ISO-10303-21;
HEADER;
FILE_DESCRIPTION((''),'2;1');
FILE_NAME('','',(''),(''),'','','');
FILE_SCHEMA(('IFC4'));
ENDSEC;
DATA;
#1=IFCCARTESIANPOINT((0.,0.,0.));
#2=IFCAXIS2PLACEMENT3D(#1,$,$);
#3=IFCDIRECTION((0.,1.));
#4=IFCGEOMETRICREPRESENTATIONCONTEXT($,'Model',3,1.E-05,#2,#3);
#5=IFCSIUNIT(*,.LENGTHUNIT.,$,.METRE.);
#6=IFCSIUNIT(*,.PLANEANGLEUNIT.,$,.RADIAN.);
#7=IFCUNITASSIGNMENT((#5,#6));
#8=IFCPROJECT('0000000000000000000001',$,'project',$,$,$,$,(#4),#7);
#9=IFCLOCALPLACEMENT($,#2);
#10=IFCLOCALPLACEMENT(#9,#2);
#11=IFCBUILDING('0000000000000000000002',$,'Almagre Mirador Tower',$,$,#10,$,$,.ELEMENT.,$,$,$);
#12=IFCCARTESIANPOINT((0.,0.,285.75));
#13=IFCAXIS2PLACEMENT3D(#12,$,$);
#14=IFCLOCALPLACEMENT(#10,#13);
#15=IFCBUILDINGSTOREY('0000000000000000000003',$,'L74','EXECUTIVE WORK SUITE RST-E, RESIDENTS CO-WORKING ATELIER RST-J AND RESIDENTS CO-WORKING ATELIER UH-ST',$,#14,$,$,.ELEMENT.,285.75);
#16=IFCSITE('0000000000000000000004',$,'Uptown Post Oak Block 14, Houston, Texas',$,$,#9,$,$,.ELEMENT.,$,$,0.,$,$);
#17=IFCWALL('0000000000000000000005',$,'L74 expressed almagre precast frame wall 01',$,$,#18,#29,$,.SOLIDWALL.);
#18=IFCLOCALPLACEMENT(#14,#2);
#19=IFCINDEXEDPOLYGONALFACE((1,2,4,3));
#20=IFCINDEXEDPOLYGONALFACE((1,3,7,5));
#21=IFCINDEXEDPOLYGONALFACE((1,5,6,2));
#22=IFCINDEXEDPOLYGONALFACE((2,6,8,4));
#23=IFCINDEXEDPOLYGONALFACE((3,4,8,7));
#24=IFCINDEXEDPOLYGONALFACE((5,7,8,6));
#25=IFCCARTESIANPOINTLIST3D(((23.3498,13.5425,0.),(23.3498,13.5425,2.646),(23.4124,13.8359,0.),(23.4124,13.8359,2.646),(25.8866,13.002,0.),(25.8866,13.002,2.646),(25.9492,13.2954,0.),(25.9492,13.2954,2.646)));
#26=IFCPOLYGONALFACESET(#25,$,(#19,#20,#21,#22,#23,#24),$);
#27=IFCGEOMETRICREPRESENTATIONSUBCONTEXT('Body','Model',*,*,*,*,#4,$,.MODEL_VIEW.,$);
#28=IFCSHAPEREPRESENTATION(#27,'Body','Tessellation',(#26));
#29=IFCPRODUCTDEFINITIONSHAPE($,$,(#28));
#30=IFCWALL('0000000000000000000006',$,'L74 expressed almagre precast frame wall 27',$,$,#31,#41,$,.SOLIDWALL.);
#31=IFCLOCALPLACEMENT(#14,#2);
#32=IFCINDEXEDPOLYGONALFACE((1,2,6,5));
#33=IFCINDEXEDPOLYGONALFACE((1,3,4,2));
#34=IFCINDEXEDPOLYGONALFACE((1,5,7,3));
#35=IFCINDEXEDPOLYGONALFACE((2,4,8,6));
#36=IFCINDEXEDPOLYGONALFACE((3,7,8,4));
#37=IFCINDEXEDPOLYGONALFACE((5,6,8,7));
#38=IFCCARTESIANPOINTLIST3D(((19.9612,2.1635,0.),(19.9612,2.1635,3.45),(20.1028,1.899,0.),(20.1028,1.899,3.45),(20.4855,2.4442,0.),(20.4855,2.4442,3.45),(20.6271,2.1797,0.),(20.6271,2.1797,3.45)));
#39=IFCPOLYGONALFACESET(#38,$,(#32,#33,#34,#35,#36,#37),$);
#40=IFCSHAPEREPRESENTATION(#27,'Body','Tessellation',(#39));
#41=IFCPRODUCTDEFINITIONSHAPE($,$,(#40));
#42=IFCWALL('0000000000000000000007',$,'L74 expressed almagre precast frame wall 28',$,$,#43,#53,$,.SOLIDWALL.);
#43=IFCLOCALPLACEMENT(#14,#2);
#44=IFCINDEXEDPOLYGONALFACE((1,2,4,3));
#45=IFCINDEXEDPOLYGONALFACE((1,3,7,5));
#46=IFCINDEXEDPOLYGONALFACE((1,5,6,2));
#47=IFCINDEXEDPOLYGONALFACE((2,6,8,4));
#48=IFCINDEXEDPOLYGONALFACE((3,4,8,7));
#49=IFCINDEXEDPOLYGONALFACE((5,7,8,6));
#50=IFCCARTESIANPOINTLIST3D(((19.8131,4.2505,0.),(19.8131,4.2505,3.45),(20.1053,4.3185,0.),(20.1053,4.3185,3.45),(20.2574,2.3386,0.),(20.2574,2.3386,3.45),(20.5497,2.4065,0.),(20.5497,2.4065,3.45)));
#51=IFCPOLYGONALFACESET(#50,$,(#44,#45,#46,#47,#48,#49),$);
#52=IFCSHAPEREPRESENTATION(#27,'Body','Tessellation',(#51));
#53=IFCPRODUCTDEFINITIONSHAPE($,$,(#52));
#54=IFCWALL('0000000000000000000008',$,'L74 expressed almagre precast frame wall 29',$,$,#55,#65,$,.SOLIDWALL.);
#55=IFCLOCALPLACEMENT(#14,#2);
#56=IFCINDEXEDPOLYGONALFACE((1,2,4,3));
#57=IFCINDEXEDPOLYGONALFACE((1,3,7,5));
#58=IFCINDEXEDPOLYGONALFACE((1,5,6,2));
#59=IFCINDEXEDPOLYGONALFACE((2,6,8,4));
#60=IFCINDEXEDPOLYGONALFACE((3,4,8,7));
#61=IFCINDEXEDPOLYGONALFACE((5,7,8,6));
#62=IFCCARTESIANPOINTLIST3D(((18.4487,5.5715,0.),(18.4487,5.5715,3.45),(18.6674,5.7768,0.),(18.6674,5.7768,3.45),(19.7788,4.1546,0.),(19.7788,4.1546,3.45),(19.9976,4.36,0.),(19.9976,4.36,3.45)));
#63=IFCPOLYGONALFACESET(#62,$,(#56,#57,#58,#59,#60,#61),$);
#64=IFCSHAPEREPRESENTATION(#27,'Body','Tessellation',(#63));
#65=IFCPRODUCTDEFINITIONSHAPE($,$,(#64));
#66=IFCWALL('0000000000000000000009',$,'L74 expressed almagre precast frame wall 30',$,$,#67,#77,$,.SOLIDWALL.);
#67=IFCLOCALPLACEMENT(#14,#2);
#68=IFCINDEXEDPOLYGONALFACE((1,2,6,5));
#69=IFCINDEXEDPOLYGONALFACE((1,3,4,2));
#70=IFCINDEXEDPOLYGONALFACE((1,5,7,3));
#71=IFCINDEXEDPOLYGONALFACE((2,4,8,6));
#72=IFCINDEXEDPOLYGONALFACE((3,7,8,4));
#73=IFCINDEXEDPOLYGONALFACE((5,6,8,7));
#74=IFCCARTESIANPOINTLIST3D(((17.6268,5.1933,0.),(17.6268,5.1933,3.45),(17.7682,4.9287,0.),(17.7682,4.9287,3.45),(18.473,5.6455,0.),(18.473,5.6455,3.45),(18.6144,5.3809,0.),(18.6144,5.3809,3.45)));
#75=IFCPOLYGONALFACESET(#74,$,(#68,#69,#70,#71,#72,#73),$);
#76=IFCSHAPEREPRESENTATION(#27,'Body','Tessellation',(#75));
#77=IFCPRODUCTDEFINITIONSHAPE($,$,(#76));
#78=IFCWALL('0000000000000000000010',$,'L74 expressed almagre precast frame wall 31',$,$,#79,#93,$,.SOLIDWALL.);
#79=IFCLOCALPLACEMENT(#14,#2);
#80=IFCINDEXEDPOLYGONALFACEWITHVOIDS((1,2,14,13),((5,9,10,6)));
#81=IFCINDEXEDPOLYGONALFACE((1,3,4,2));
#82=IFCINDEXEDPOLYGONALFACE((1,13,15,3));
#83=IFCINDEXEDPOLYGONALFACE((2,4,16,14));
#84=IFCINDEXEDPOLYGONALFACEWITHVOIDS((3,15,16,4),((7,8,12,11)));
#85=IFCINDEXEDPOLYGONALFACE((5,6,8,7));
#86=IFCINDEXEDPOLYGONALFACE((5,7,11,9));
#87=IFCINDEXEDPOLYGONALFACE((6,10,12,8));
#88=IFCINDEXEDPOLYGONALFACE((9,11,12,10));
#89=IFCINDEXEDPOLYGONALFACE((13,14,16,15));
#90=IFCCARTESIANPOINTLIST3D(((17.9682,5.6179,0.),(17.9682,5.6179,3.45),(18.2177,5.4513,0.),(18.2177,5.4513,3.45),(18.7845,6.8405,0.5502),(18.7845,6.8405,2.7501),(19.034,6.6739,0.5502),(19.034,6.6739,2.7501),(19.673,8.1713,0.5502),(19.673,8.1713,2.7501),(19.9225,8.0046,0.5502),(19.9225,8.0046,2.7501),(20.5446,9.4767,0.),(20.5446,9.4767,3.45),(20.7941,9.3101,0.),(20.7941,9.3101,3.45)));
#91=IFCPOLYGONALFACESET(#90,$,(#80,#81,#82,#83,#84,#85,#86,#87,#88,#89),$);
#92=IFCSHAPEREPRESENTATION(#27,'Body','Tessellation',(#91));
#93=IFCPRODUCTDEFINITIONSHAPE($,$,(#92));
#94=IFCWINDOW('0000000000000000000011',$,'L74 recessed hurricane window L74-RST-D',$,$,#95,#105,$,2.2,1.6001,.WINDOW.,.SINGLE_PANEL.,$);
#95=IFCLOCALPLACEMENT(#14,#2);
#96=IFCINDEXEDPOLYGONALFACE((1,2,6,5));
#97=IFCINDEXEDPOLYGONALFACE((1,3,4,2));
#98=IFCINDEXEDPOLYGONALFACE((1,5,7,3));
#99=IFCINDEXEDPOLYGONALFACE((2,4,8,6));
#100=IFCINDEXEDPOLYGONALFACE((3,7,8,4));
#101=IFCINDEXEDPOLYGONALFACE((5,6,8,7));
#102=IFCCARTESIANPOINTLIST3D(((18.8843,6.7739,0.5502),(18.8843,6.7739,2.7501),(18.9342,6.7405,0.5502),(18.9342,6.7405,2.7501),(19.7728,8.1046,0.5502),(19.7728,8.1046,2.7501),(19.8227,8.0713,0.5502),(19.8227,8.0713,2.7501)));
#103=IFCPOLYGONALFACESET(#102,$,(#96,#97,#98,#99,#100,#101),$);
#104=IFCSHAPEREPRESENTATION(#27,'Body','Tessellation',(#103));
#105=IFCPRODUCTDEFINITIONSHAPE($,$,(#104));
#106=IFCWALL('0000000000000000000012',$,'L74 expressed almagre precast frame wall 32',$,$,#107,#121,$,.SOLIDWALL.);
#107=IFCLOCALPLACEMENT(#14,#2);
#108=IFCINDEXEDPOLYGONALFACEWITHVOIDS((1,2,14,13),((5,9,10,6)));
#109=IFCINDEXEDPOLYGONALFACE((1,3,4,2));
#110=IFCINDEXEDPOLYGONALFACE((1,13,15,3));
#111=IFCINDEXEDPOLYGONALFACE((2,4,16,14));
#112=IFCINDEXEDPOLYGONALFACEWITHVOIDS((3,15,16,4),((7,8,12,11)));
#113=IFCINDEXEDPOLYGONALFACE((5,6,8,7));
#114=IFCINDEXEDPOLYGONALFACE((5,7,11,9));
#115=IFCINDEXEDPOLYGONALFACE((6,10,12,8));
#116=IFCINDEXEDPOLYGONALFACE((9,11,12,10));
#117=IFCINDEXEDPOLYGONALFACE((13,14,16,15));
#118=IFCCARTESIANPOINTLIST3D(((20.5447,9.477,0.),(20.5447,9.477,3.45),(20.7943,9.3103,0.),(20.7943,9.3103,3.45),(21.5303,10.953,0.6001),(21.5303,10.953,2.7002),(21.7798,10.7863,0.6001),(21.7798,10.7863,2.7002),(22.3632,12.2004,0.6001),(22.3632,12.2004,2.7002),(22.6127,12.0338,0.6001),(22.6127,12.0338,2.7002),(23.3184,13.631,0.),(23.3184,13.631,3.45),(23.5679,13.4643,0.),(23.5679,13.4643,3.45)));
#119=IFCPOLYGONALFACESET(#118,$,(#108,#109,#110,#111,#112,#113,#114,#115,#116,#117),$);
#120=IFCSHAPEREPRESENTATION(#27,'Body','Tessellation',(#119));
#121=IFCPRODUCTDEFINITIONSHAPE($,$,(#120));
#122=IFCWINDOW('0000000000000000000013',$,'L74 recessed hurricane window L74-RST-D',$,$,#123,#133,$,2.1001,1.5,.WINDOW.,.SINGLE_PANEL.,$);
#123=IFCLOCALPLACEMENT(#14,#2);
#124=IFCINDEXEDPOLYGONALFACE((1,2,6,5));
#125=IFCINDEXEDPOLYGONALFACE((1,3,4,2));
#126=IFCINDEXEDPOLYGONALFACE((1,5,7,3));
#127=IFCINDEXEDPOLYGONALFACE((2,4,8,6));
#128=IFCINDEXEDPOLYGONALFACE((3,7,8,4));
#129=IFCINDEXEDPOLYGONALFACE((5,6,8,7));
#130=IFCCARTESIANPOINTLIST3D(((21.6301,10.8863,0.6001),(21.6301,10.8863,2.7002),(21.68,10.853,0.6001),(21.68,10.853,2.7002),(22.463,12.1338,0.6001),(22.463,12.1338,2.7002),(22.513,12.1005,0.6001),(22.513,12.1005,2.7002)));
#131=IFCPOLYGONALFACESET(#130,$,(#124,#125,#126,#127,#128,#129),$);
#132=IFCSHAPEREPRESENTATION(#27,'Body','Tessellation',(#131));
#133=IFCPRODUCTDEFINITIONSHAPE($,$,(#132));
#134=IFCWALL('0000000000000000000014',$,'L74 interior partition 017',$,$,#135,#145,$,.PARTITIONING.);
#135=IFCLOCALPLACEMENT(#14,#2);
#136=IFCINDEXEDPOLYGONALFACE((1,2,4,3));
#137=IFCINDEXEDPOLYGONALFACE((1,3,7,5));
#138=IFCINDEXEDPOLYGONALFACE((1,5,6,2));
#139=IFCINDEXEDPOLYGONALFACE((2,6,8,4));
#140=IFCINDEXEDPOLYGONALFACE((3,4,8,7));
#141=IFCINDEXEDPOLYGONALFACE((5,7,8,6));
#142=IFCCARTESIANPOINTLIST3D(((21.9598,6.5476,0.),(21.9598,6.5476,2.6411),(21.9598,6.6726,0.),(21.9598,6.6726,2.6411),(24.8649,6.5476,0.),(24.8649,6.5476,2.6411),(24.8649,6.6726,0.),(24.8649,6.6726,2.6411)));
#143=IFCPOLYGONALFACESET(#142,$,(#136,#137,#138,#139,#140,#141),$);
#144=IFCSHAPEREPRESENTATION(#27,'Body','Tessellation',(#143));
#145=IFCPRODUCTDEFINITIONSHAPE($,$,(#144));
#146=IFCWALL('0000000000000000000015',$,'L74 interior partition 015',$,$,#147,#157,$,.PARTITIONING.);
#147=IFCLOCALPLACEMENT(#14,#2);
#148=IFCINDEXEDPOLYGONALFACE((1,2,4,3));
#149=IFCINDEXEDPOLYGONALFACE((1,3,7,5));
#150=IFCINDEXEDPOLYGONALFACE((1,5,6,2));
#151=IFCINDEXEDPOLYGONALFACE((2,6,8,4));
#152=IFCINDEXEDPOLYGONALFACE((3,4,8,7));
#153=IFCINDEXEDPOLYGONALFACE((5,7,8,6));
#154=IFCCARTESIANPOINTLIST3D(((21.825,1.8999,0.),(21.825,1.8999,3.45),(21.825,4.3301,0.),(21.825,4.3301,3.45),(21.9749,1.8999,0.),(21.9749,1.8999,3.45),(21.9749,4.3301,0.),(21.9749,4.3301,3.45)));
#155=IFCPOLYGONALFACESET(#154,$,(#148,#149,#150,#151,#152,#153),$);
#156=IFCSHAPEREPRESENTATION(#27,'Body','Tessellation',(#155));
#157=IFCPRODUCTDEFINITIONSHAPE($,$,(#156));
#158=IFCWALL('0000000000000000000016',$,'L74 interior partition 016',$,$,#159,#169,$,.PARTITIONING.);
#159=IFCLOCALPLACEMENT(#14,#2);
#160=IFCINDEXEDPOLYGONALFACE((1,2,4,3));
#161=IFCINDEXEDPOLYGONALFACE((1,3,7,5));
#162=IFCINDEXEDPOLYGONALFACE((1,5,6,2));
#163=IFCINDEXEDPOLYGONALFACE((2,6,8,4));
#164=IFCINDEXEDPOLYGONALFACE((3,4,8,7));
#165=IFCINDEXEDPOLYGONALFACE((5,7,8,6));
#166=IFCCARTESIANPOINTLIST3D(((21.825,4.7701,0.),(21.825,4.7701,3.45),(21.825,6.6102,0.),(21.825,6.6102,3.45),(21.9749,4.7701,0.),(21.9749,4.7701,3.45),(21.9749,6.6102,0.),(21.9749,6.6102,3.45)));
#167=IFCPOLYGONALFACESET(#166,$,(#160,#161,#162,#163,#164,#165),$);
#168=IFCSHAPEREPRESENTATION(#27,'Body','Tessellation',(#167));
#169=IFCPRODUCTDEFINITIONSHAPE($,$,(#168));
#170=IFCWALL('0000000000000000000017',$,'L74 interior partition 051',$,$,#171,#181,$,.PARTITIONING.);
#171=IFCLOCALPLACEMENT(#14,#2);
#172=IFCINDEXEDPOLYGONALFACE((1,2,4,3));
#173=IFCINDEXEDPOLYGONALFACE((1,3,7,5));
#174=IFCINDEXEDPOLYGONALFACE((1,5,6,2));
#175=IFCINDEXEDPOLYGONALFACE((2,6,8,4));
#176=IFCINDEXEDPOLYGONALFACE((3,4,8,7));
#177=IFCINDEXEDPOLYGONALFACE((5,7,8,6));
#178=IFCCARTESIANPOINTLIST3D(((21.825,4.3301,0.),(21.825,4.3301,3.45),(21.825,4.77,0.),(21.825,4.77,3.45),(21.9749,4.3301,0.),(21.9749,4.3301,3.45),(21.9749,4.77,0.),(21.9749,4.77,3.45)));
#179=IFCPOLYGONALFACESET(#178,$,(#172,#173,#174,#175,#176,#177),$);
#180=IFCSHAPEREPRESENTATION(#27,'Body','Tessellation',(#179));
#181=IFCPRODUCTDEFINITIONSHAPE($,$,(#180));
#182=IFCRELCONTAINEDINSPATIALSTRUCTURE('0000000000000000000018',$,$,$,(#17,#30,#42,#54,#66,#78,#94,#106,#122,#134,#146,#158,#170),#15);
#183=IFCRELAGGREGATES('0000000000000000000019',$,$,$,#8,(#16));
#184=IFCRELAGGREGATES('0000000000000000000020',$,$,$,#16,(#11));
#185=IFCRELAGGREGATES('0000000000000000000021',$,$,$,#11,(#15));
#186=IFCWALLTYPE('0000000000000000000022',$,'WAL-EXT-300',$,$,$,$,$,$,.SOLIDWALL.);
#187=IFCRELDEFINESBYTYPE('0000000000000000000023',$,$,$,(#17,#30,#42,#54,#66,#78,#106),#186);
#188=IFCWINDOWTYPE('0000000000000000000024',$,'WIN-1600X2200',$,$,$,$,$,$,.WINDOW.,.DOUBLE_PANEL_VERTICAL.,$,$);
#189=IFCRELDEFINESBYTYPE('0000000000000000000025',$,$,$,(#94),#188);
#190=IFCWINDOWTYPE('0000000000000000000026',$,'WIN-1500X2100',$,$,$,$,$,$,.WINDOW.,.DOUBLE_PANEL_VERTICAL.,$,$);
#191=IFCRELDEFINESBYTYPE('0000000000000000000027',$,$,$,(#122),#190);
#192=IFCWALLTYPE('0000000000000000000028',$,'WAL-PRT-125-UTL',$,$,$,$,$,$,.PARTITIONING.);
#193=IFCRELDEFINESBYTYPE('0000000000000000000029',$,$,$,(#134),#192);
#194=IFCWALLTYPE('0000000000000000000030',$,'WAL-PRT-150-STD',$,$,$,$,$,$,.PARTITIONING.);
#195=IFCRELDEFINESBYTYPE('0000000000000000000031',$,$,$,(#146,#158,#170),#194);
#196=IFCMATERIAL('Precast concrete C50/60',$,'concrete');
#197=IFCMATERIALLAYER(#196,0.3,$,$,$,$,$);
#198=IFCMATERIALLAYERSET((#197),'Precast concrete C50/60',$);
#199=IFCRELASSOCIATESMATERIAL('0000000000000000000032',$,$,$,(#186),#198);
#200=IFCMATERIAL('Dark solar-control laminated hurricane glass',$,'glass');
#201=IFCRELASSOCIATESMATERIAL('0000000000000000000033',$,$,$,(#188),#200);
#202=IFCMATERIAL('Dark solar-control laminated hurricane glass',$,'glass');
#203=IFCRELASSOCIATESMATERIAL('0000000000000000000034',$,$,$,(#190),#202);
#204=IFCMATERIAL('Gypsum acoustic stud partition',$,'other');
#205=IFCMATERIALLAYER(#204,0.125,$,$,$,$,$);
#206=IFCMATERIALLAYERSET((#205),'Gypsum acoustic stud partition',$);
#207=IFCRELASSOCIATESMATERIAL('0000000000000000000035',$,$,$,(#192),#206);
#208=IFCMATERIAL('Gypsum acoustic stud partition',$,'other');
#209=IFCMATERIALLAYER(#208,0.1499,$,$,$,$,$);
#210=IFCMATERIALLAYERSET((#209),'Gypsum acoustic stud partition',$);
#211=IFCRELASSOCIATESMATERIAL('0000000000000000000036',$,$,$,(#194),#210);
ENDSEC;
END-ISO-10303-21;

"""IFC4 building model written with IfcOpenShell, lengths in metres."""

from ifc_helpers import new_model, si_unit, direction, frame, frame_2d, origin, place, context, subcontext, project, spatial, rectangle, extrude, material, layer, layer_set, type_object, element, fill, save


model = new_model("IFC4")

# Units and contexts
model_context = context("Model", 3, precision=1e-05, world=origin(), true_north=direction((0.0, 1.0)))
body_context = subcontext(model_context, "Body", "Model", "MODEL_VIEW")
ifc_project = project(units=[si_unit("LENGTHUNIT", "METRE"), si_unit("PLANEANGLEUNIT", "RADIAN")], contexts=[model_context])

# Site, building, storey
site_placement = place(None, origin())
site = spatial("IfcSite", under=ifc_project, at=site_placement, Name="Uptown Post Oak Block 14, Houston, Texas", CompositionType="ELEMENT", RefElevation=0.0)
building_placement = place(site_placement, origin())
building = spatial("IfcBuilding", under=site, at=building_placement, Name="Almagre Mirador Tower", CompositionType="ELEMENT")
storey_placement = place(building_placement, frame((0.0, 0.0, 285.75)))
storey = spatial("IfcBuildingStorey", under=building, at=storey_placement, Name="L74", Description="EXECUTIVE WORK SUITE RST-E, RESIDENTS CO-WORKING ATELIER RST-J AND RESIDENTS CO-WORKING ATELIER UH-ST", CompositionType="ELEMENT", Elevation=285.75)

# Walls
ifc_material_1 = material(Name="Precast concrete C50/60", Category="concrete")
ifc_layer_1 = layer(ifc_material_1, 0.3)
ifc_layer_set_1 = layer_set([ifc_layer_1], Name="Precast concrete C50/60")
wall_type_1 = type_object("IfcWallType", Name="WAL-EXT-300", PredefinedType="SOLIDWALL", material=ifc_layer_set_1)
wall_1_placement = place(storey_placement, frame((23.3811, 13.6892, 0.0), z_axis=(0.0, 0.0, 1.0), x_axis=(0.978046, -0.208391, 0.0)))
element("IfcWall", 1, at=wall_1_placement, inside=storey, type_object=wall_type_1, Name="L74 expressed almagre precast frame wall 01", PredefinedType="SOLIDWALL", context=body_context, shape_type="SweptSolid", body=[
    extrude(rectangle(XDim=2.5938, YDim=0.3, at=frame_2d((1.2969, 0.0))), origin(), (0.0, 0.0, 1.0), 2.646),
])
wall_2_placement = place(storey_placement, frame((20.032, 2.0312, 0.0), z_axis=(0.0, 0.0, 1.0), x_axis=(0.881602, 0.471994, 0.0)))
element("IfcWall", 2, at=wall_2_placement, inside=storey, type_object=wall_type_1, Name="L74 expressed almagre precast frame wall 27", PredefinedType="SOLIDWALL", context=body_context, shape_type="SweptSolid", body=[
    extrude(rectangle(XDim=0.5947, YDim=0.3, at=frame_2d((0.2974, 0.0))), origin(), (0.0, 0.0, 1.0), 3.45),
])
wall_3_placement = place(storey_placement, frame((20.4036, 2.3726, 0.0), z_axis=(0.0, 0.0, 1.0), x_axis=(-0.226376, 0.97404, 0.0)))
element("IfcWall", 3, at=wall_3_placement, inside=storey, type_object=wall_type_1, Name="L74 expressed almagre precast frame wall 28", PredefinedType="SOLIDWALL", context=body_context, shape_type="SweptSolid", body=[
    extrude(rectangle(XDim=1.9629, YDim=0.3, at=frame_2d((0.9814, 0.0))), origin(), (0.0, 0.0, 1.0), 3.45),
])
wall_4_placement = place(storey_placement, frame((19.8882, 4.2573, 0.0), z_axis=(0.0, 0.0, 1.0), x_axis=(-0.684455, 0.729055, 0.0)))
element("IfcWall", 4, at=wall_4_placement, inside=storey, type_object=wall_type_1, Name="L74 expressed almagre precast frame wall 29", PredefinedType="SOLIDWALL", context=body_context, shape_type="SweptSolid", body=[
    extrude(rectangle(XDim=1.9434, YDim=0.3, at=frame_2d((0.9717, 0.0))), origin(), (0.0, 0.0, 1.0), 3.45),
])
wall_5_placement = place(storey_placement, frame((18.5437, 5.5132, 0.0), z_axis=(0.0, 0.0, 1.0), x_axis=(-0.881986, -0.471275, 0.0)))
element("IfcWall", 5, at=wall_5_placement, inside=storey, type_object=wall_type_1, Name="L74 expressed almagre precast frame wall 30", PredefinedType="SOLIDWALL", context=body_context, shape_type="SweptSolid", body=[
    extrude(rectangle(XDim=0.9595, YDim=0.3, at=frame_2d((0.4797, 0.0))), origin(), (0.0, 0.0, 1.0), 3.45),
])

# Walls, openings, windows
wall_6_placement = place(storey_placement, frame((18.093, 5.5347, 0.0), z_axis=(0.0, 0.0, 1.0), x_axis=(0.555271, 0.83167, 0.0)))
wall_6 = element("IfcWall", 6, at=wall_6_placement, inside=storey, type_object=wall_type_1, Name="L74 expressed almagre precast frame wall 31", PredefinedType="SOLIDWALL", context=body_context, shape_type="SweptSolid", body=[
    extrude(rectangle(XDim=4.6399, YDim=0.3, at=frame_2d((2.3198, 0.0))), origin(), (0.0, 0.0, 1.0), 3.45),
])
opening_1_placement = place(wall_6_placement, frame((1.47, 0.0, 0.55)))
opening_1 = element("IfcOpeningElement", 7, at=opening_1_placement, cuts=wall_6, PredefinedType="OPENING", context=body_context, shape_type="SweptSolid", body=[
    extrude(rectangle(XDim=1.6001, YDim=2.2, at=frame_2d((0.8, 1.1001))), frame((0.0, 0.1599, 0.0), z_axis=(0.0, -1.0, 0.0), x_axis=(1.0, 0.0, 0.0)), (0.0, 0.0, 1.0), 0.32),
])
ifc_material_2 = material(Name="Dark solar-control laminated hurricane glass", Category="glass")
window_type_1 = type_object("IfcWindowType", Name="WIN-1600X2200", PartitioningType="DOUBLE_PANEL_VERTICAL", PredefinedType="WINDOW", material=ifc_material_2)
window_1_placement = place(opening_1_placement, origin())
window_1 = element("IfcWindow", 8, at=window_1_placement, inside=storey, type_object=window_type_1, Name="L74 recessed hurricane window L74-RST-D", OverallHeight=2.2, OverallWidth=1.6001, PartitioningType="SINGLE_PANEL", PredefinedType="WINDOW", context=body_context, shape_type="SweptSolid", body=[
    extrude(rectangle(XDim=1.6001, YDim=2.2, at=frame_2d((0.8, 1.1001))), frame((0.0, 0.03, 0.0), z_axis=(0.0, -1.0, 0.0), x_axis=(1.0, 0.0, 0.0)), (0.0, 0.0, 1.0), 0.0601),
])
fill(opening_1, window_1)
wall_7_placement = place(storey_placement, frame((20.6694, 9.3936, 0.0), z_axis=(0.0, 0.0, 1.0), x_axis=(0.555298, 0.831652, 0.0)))
wall_7 = element("IfcWall", 9, at=wall_7_placement, inside=storey, type_object=wall_type_1, Name="L74 expressed almagre precast frame wall 32", PredefinedType="SOLIDWALL", context=body_context, shape_type="SweptSolid", body=[
    extrude(rectangle(XDim=4.9949, YDim=0.3, at=frame_2d((2.4976, 0.0))), origin(), (0.0, 0.0, 1.0), 3.45),
])
opening_2_placement = place(wall_7_placement, frame((1.7749, 0.0, 0.6001)))
opening_2 = element("IfcOpeningElement", 10, at=opening_2_placement, cuts=wall_7, PredefinedType="OPENING", context=body_context, shape_type="SweptSolid", body=[
    extrude(rectangle(XDim=1.5, YDim=2.1001, at=frame_2d((0.75, 1.05))), frame((0.0, 0.1599, 0.0), z_axis=(0.0, -1.0, 0.0), x_axis=(1.0, 0.0, 0.0)), (0.0, 0.0, 1.0), 0.32),
])
ifc_material_3 = material(Name="Dark solar-control laminated hurricane glass", Category="glass")
window_type_2 = type_object("IfcWindowType", Name="WIN-1500X2100", PartitioningType="DOUBLE_PANEL_VERTICAL", PredefinedType="WINDOW", material=ifc_material_3)
window_2_placement = place(opening_2_placement, origin())
window_2 = element("IfcWindow", 11, at=window_2_placement, inside=storey, type_object=window_type_2, Name="L74 recessed hurricane window L74-RST-D", OverallHeight=2.1001, OverallWidth=1.5, PartitioningType="SINGLE_PANEL", PredefinedType="WINDOW", context=body_context, shape_type="SweptSolid", body=[
    extrude(rectangle(XDim=1.5, YDim=2.1001, at=frame_2d((0.75, 1.05))), frame((0.0, 0.03, 0.0), z_axis=(0.0, -1.0, 0.0), x_axis=(1.0, 0.0, 0.0)), (0.0, 0.0, 1.0), 0.0601),
])
fill(opening_2, window_2)

# Walls
ifc_material_4 = material(Name="Gypsum acoustic stud partition", Category="other")
ifc_layer_2 = layer(ifc_material_4, 0.125)
ifc_layer_set_2 = layer_set([ifc_layer_2], Name="Gypsum acoustic stud partition")
wall_type_2 = type_object("IfcWallType", Name="WAL-PRT-125-UTL", PredefinedType="PARTITIONING", material=ifc_layer_set_2)
wall_8_placement = place(storey_placement, frame((24.865, 6.6101, 0.0), z_axis=(0.0, 0.0, 1.0), x_axis=(-1.0, 0.0, 0.0)))
element("IfcWall", 12, at=wall_8_placement, inside=storey, type_object=wall_type_2, Name="L74 interior partition 017", PredefinedType="PARTITIONING", context=body_context, shape_type="SweptSolid", body=[
    extrude(rectangle(XDim=2.905, YDim=0.125, at=frame_2d((1.4526, 0.0))), origin(), (0.0, 0.0, 1.0), 2.6411),
])
ifc_material_5 = material(Name="Gypsum acoustic stud partition", Category="other")
ifc_layer_3 = layer(ifc_material_5, 0.1499)
ifc_layer_set_3 = layer_set([ifc_layer_3], Name="Gypsum acoustic stud partition")
wall_type_3 = type_object("IfcWallType", Name="WAL-PRT-150-STD", PredefinedType="PARTITIONING", material=ifc_layer_set_3)
wall_9_placement = place(storey_placement, frame((21.8999, 4.3301, 0.0), z_axis=(0.0, 0.0, 1.0), x_axis=(0.0, -1.0, 0.0)))
element("IfcWall", 13, at=wall_9_placement, inside=storey, type_object=wall_type_3, Name="L74 interior partition 015", PredefinedType="PARTITIONING", context=body_context, shape_type="SweptSolid", body=[
    extrude(rectangle(XDim=2.4302, YDim=0.1499, at=frame_2d((1.2151, 0.0))), origin(), (0.0, 0.0, 1.0), 3.45),
])
wall_10_placement = place(storey_placement, frame((21.8999, 6.6101, 0.0), z_axis=(0.0, 0.0, 1.0), x_axis=(0.0, -1.0, 0.0)))
element("IfcWall", 14, at=wall_10_placement, inside=storey, type_object=wall_type_3, Name="L74 interior partition 016", PredefinedType="PARTITIONING", context=body_context, shape_type="SweptSolid", body=[
    extrude(rectangle(XDim=1.8401, YDim=0.1499, at=frame_2d((0.9199, 0.0))), origin(), (0.0, 0.0, 1.0), 3.45),
])
wall_11_placement = place(storey_placement, frame((21.8999, 4.3301, 0.0), z_axis=(0.0, 0.0, 1.0), x_axis=(0.0, 1.0, 0.0)))
element("IfcWall", 15, at=wall_11_placement, inside=storey, type_object=wall_type_3, Name="L74 interior partition 051", PredefinedType="PARTITIONING", context=body_context, shape_type="SweptSolid", body=[
    extrude(rectangle(XDim=0.4399, YDim=0.1499, at=frame_2d((0.22, 0.0))), origin(), (0.0, 0.0, 1.0), 3.45),
])

save(model, "model.ifc")
